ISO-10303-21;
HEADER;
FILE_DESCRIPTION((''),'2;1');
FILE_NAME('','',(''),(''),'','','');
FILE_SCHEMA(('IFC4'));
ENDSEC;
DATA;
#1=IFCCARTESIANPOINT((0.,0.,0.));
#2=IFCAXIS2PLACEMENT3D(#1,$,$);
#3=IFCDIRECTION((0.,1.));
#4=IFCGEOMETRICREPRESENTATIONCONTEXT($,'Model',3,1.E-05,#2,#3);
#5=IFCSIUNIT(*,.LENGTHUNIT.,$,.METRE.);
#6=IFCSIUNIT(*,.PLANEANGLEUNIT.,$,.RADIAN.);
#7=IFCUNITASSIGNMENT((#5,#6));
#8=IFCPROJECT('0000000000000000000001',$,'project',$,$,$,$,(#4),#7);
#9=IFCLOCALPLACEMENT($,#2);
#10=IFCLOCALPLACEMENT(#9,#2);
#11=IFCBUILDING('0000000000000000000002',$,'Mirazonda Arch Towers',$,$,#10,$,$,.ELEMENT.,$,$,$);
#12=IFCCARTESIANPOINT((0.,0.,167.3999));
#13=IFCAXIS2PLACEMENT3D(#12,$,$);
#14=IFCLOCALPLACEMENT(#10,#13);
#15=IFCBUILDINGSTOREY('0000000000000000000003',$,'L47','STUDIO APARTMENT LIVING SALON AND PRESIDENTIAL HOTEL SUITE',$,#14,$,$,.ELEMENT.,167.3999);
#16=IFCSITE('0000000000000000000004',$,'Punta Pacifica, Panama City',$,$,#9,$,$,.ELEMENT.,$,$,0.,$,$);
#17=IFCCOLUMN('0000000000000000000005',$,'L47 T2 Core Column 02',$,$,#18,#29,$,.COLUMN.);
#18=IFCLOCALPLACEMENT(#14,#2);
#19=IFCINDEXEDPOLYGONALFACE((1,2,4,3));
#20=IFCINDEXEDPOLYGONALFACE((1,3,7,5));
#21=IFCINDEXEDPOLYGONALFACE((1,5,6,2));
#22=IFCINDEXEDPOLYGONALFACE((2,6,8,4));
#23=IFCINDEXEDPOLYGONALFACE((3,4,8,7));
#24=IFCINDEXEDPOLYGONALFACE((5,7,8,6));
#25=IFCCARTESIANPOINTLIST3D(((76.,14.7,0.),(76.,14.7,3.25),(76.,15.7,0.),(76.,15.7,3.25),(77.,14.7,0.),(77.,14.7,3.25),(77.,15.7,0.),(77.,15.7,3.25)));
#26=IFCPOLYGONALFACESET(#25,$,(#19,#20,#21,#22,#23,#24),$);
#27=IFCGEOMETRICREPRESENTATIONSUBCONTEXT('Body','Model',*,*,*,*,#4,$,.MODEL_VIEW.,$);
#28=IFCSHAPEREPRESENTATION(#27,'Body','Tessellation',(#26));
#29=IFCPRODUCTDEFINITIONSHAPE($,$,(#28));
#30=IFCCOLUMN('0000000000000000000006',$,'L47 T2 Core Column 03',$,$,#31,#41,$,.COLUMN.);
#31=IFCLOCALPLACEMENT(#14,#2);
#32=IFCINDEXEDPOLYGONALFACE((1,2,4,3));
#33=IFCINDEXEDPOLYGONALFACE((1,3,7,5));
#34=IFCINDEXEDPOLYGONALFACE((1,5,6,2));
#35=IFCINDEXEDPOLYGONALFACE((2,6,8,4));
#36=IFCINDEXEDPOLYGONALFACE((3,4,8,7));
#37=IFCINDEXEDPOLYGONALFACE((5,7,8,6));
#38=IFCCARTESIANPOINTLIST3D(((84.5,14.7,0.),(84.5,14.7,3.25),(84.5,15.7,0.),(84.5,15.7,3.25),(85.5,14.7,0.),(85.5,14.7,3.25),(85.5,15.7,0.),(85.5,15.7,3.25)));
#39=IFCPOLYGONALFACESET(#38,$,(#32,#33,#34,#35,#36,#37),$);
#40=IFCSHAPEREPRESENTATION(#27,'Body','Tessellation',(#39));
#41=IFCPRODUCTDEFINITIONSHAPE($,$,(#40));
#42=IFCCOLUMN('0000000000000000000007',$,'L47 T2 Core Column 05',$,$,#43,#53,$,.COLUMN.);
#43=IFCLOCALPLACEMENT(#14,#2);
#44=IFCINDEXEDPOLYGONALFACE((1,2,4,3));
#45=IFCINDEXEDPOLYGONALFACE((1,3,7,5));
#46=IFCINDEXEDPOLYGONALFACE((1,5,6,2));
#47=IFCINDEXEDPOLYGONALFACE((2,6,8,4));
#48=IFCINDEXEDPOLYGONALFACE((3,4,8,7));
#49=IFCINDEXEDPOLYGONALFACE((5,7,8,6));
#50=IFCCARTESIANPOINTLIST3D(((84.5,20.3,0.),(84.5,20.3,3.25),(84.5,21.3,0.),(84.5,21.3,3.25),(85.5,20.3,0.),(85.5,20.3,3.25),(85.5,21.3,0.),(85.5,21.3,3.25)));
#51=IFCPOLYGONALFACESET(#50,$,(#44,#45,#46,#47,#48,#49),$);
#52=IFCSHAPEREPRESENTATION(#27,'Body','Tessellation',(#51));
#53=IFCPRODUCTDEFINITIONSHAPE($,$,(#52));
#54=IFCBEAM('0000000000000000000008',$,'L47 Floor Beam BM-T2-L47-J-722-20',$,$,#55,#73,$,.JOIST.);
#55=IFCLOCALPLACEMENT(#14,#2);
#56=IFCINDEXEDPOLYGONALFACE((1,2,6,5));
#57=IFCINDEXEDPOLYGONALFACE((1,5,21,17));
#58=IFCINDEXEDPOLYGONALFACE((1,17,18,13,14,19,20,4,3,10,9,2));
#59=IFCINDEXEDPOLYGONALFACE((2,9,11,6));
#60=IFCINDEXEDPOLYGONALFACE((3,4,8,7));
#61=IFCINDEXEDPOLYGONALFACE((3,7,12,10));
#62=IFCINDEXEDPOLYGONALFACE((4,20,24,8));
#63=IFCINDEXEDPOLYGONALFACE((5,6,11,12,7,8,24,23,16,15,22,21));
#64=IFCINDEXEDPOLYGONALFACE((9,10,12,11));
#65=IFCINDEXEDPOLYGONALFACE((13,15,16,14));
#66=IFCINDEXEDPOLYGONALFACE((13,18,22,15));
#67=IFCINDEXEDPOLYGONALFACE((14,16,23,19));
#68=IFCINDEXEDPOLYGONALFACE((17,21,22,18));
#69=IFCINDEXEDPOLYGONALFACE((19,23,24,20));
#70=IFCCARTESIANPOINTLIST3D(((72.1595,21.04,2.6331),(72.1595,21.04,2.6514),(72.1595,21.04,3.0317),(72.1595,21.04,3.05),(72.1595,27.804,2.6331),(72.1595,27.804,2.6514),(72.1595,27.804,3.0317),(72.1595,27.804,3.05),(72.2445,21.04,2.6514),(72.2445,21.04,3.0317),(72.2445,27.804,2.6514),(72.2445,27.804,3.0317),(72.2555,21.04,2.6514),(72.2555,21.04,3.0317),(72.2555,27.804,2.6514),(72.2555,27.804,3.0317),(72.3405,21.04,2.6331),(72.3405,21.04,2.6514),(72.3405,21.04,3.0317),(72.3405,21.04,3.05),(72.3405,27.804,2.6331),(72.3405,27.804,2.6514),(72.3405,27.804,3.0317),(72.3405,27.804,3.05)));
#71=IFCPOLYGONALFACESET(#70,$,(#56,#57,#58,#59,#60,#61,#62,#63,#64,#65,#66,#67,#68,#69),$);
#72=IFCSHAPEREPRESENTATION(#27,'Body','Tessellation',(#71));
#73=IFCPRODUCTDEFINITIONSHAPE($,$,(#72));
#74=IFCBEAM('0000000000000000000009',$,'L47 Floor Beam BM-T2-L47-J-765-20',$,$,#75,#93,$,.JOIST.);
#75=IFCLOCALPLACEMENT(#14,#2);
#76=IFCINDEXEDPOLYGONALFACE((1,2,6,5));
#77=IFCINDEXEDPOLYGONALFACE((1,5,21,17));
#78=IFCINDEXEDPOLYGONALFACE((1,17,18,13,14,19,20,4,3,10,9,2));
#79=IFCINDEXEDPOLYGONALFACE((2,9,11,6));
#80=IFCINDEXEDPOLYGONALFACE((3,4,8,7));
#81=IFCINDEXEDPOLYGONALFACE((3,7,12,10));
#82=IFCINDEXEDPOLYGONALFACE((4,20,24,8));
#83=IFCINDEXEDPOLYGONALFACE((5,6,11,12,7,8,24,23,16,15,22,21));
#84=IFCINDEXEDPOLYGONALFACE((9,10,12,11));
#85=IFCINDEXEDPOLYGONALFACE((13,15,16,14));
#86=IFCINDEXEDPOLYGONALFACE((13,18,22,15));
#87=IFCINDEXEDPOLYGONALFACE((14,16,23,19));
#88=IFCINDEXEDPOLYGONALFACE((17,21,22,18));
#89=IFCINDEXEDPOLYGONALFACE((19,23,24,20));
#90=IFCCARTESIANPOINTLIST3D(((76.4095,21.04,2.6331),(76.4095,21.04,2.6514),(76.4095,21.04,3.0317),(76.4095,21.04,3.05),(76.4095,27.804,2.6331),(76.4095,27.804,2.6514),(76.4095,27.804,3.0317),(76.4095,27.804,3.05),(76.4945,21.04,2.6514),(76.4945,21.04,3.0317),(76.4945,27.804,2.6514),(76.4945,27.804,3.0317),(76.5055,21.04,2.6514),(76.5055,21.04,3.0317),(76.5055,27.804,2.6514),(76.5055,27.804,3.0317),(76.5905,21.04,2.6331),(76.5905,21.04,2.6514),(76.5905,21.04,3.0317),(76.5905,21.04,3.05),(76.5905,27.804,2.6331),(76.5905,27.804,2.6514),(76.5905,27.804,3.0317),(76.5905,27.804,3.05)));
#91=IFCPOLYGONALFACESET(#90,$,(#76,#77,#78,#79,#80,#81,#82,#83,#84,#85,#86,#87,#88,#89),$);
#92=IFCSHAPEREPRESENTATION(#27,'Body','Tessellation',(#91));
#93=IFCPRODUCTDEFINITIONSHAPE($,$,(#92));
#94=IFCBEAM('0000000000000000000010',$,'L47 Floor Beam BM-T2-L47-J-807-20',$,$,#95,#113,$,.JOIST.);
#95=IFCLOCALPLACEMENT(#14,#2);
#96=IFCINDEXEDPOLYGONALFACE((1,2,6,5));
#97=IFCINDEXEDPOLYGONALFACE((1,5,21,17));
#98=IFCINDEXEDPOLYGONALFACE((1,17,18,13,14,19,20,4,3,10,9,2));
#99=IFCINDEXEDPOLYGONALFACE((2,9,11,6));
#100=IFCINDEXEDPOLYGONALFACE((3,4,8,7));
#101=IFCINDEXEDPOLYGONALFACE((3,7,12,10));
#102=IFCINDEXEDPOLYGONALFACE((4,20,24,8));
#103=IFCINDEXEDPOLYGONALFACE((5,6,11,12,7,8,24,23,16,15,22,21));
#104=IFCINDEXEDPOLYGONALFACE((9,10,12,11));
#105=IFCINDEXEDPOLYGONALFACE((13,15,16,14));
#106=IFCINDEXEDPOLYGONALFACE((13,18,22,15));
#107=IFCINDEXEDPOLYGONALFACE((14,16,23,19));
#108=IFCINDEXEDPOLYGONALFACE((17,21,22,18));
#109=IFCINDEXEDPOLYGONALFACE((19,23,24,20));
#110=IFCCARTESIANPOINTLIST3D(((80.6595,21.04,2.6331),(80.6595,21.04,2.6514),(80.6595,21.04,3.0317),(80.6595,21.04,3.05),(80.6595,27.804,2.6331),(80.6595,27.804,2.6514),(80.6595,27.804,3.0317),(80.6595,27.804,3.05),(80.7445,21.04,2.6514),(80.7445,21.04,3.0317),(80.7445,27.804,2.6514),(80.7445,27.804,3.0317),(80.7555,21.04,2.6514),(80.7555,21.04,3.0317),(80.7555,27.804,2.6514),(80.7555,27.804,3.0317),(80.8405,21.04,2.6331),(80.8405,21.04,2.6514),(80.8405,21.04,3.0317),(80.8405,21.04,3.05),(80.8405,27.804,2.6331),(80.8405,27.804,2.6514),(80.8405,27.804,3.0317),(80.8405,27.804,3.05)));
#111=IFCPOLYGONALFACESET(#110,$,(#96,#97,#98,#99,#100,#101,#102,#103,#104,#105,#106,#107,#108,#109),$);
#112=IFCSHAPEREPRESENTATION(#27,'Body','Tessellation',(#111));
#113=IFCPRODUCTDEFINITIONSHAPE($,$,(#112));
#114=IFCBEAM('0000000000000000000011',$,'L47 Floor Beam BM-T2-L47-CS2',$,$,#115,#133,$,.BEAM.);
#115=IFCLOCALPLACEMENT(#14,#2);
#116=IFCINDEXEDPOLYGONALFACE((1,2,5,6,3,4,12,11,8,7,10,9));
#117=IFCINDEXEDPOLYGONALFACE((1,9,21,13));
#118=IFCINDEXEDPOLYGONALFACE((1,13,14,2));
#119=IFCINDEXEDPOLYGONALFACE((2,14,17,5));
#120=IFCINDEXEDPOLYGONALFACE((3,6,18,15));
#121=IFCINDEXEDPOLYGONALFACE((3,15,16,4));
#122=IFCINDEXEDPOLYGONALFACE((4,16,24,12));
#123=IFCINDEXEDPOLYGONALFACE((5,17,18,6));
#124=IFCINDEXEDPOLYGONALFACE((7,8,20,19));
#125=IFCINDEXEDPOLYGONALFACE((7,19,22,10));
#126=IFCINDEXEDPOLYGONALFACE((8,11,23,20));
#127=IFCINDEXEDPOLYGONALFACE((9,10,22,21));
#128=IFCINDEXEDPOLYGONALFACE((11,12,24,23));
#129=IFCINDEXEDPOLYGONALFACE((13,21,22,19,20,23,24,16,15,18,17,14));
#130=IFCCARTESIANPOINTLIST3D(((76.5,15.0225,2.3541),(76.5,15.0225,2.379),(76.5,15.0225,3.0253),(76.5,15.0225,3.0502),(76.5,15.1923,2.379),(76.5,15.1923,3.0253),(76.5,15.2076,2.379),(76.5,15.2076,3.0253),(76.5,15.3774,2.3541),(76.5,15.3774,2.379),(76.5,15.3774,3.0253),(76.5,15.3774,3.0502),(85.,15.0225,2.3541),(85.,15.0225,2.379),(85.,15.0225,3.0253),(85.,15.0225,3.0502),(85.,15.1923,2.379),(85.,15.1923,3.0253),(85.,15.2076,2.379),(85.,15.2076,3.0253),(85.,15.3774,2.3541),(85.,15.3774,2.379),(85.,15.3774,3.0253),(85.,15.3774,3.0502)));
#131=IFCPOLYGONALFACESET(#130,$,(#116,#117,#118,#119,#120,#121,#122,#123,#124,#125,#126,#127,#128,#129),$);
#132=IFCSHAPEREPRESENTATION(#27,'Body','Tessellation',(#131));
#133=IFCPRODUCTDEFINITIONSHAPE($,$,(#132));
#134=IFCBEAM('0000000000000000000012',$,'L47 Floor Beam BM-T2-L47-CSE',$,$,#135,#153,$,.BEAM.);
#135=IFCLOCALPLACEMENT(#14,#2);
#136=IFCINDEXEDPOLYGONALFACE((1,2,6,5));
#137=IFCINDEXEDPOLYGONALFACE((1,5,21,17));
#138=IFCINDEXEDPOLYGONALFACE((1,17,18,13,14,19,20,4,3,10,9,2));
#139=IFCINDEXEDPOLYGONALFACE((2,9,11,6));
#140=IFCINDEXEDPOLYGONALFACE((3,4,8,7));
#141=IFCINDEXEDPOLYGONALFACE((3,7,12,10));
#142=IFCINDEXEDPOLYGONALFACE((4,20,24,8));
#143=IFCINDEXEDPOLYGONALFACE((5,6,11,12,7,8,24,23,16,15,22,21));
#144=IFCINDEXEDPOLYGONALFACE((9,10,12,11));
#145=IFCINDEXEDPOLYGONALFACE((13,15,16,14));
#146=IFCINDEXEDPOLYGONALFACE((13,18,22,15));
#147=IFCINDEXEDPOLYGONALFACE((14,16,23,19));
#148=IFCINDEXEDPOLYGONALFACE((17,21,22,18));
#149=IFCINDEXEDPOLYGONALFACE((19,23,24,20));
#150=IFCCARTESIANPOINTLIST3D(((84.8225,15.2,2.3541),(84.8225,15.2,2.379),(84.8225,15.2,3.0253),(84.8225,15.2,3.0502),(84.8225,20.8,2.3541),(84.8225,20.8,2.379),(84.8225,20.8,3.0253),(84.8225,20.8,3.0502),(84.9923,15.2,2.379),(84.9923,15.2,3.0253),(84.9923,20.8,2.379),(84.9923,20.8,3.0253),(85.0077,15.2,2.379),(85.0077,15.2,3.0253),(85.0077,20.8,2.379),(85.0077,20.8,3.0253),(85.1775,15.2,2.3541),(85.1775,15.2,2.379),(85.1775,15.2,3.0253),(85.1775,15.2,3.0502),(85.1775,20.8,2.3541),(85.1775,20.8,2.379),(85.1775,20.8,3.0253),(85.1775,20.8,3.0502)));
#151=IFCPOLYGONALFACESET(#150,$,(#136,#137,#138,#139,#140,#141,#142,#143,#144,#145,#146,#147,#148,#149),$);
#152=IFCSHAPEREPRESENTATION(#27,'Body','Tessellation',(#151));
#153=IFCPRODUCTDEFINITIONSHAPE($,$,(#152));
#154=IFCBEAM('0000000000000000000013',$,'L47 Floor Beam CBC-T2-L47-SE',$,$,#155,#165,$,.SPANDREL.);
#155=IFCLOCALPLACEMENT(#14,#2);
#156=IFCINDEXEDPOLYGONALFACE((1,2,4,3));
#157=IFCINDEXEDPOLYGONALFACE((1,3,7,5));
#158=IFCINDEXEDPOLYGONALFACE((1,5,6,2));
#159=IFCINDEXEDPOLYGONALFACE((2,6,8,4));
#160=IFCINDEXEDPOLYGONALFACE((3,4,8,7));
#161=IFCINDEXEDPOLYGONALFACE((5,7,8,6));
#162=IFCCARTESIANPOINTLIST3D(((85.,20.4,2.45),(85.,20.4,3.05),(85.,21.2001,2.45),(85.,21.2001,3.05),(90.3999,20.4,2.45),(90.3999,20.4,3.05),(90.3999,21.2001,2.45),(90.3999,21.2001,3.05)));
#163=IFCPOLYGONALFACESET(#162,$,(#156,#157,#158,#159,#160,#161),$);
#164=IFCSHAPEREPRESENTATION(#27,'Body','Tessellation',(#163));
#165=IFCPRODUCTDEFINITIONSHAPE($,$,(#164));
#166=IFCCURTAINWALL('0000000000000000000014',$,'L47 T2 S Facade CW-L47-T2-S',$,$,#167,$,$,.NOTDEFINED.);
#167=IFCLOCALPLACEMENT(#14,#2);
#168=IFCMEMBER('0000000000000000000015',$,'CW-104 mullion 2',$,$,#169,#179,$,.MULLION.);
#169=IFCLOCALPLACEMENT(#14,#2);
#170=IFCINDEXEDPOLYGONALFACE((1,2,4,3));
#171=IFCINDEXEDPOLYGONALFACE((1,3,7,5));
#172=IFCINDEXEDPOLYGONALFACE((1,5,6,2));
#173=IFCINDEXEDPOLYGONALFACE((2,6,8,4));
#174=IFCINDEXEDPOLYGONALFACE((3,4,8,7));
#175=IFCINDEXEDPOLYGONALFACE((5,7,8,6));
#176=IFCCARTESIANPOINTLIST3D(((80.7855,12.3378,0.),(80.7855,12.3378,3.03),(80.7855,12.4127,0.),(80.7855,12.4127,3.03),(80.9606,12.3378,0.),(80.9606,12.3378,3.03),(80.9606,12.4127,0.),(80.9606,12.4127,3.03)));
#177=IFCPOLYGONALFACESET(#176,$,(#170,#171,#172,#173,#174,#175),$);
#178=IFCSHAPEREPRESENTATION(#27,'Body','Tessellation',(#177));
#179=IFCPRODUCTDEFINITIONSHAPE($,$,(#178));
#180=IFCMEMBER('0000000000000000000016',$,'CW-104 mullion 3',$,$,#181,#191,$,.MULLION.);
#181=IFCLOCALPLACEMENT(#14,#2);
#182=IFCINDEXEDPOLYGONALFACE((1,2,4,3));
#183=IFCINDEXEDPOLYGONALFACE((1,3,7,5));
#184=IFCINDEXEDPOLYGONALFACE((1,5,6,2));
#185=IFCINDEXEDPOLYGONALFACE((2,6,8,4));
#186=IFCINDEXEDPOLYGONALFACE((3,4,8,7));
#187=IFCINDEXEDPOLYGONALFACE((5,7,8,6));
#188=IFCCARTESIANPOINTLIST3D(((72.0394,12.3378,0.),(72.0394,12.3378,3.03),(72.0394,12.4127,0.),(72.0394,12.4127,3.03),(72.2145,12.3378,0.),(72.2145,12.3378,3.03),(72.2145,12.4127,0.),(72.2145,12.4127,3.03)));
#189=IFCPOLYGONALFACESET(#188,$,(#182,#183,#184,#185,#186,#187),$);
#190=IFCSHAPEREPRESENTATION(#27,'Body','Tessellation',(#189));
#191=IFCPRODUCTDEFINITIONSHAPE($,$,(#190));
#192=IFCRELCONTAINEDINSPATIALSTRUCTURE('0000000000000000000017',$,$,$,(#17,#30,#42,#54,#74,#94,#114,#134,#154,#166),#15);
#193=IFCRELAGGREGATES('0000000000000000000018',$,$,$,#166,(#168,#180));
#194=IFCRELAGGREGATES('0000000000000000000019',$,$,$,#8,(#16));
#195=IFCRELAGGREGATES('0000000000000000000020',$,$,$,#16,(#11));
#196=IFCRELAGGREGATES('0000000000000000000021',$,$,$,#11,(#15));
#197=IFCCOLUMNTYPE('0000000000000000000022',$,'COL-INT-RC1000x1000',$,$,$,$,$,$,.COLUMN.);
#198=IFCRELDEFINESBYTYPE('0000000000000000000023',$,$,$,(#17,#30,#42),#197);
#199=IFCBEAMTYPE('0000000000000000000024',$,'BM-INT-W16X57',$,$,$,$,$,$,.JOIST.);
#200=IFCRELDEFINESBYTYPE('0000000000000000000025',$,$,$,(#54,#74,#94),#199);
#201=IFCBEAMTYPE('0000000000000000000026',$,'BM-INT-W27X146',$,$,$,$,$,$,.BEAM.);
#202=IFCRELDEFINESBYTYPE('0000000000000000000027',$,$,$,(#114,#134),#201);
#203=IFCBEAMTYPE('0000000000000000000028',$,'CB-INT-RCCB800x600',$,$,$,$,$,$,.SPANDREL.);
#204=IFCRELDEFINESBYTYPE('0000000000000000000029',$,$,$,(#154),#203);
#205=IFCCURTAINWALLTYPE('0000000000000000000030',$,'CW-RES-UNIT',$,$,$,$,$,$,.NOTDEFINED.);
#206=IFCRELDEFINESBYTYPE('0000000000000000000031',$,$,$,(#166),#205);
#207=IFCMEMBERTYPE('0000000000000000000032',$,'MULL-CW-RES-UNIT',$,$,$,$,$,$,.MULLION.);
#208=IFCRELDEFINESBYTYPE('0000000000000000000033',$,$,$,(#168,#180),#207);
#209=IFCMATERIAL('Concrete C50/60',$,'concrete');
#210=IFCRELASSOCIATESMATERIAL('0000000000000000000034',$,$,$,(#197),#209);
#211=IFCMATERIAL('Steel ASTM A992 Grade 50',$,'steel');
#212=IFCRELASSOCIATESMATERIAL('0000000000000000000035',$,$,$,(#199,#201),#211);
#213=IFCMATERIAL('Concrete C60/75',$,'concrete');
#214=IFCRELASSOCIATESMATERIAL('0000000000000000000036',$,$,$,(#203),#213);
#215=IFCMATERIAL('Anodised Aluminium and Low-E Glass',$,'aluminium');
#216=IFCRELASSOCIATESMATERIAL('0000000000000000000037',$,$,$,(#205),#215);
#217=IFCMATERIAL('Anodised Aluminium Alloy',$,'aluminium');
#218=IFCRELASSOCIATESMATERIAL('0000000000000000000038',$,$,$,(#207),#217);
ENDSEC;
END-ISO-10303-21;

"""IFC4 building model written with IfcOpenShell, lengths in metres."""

from ifc_helpers import new_model, si_unit, direction, frame, origin, origin_2d, place, context, subcontext, project, spatial, rectangle, i_section, extrude, material, material_profile, profile_set, type_object, element, aggregate, save


model = new_model("IFC4")

# Units and contexts
model_context = context("Model", 3, precision=1e-05, world=origin(), true_north=direction((0.0, 1.0)))
body_context = subcontext(model_context, "Body", "Model", "MODEL_VIEW")
ifc_project = project(units=[si_unit("LENGTHUNIT", "METRE"), si_unit("PLANEANGLEUNIT", "RADIAN")], contexts=[model_context])

# Site, building, storey
site_placement = place(None, origin())
site = spatial("IfcSite", under=ifc_project, at=site_placement, Name="Punta Pacifica, Panama City", CompositionType="ELEMENT", RefElevation=0.0)
building_placement = place(site_placement, origin())
building = spatial("IfcBuilding", under=site, at=building_placement, Name="Mirazonda Arch Towers", CompositionType="ELEMENT")
storey_placement = place(building_placement, frame((0.0, 0.0, 167.3999)))
storey = spatial("IfcBuildingStorey", under=building, at=storey_placement, Name="L47", Description="STUDIO APARTMENT LIVING SALON AND PRESIDENTIAL HOTEL SUITE", CompositionType="ELEMENT", Elevation=167.3999)

# Columns
ifc_material_1 = material(Name="Concrete C50/60", Category="concrete")
ifc_material_profile_1 = material_profile(ifc_material_1, rectangle(XDim=1.0, YDim=1.0, at=origin_2d()), Name="RC1000x1000")
ifc_profile_set_1 = profile_set([ifc_material_profile_1], Name="Concrete C50/60")
column_type = type_object("IfcColumnType", Name="COL-INT-RC1000x1000", PredefinedType="COLUMN", material=ifc_profile_set_1)
for number, where, z_axis, x_axis, name in (
    (1, (76.5, 15.2, 0.0), (0.0, 0.0, 1.0), (1.0, 0.0, 0.0), "L47 T2 Core Column 02"),
    (2, (85.0, 15.2, 0.0), (0.0, 0.0, 1.0), (1.0, 0.0, 0.0), "L47 T2 Core Column 03"),
    (3, (85.0, 20.8, 0.0), (0.0, 0.0, 1.0), (1.0, 0.0, 0.0), "L47 T2 Core Column 05"),
):
    element("IfcColumn", number, at=place(storey_placement, frame(where, z_axis=z_axis, x_axis=x_axis)), inside=storey, type_object=column_type, Name=name, PredefinedType="COLUMN", context=body_context, shape_type="SweptSolid", body=[
        extrude(rectangle(XDim=1.0, YDim=1.0, at=origin_2d()), origin(), (0.0, 0.0, 1.0), 3.25),
    ])

# Beams
ifc_material_2 = material(Name="Steel ASTM A992 Grade 50", Category="steel")
ifc_material_profile_2 = material_profile(ifc_material_2, i_section(OverallWidth=0.1809, OverallDepth=0.417, WebThickness=0.011, FlangeThickness=0.0183, at=origin_2d()), Name="W16X57")
ifc_profile_set_2 = profile_set([ifc_material_profile_2], Name="Steel ASTM A992 Grade 50")
beam_type_1 = type_object("IfcBeamType", Name="BM-INT-W16X57", PredefinedType="JOIST", material=ifc_profile_set_2)
for number, where, z_axis, x_axis, name in (
    (4, (72.25, 21.04, 2.8416), (0.0, 1.0, 0.0), (-1.0, 0.0, 0.0), "L47 Floor Beam BM-T2-L47-J-722-20"),
    (5, (76.5, 21.04, 2.8416), (0.0, 1.0, 0.0), (-1.0, 0.0, 0.0), "L47 Floor Beam BM-T2-L47-J-765-20"),
    (6, (80.75, 21.04, 2.8416), (0.0, 1.0, 0.0), (-1.0, 0.0, 0.0), "L47 Floor Beam BM-T2-L47-J-807-20"),
):
    element("IfcBeam", number, at=place(storey_placement, frame(where, z_axis=z_axis, x_axis=x_axis)), inside=storey, type_object=beam_type_1, Name=name, PredefinedType="JOIST", context=body_context, shape_type="SweptSolid", body=[
        extrude(i_section(OverallWidth=0.1809, OverallDepth=0.417, WebThickness=0.011, FlangeThickness=0.0183, at=origin_2d()), origin(), (0.0, 0.0, 1.0), 6.7639),
    ])
ifc_material_profile_3 = material_profile(ifc_material_2, i_section(OverallWidth=0.355, OverallDepth=0.696, WebThickness=0.0154, FlangeThickness=0.0249, at=origin_2d()), Name="W27X146")
ifc_profile_set_3 = profile_set([ifc_material_profile_3], Name="Steel ASTM A992 Grade 50")
beam_type_2 = type_object("IfcBeamType", Name="BM-INT-W27X146", PredefinedType="BEAM", material=ifc_profile_set_3)
beam_1_placement = place(storey_placement, frame((76.5, 15.2, 2.7021), z_axis=(1.0, 0.0, 0.0), x_axis=(0.0, 1.0, 0.0)))
element("IfcBeam", 7, at=beam_1_placement, inside=storey, type_object=beam_type_2, Name="L47 Floor Beam BM-T2-L47-CS2", PredefinedType="BEAM", context=body_context, shape_type="SweptSolid", body=[
    extrude(i_section(OverallWidth=0.355, OverallDepth=0.696, WebThickness=0.0154, FlangeThickness=0.0249, at=origin_2d()), origin(), (0.0, 0.0, 1.0), 8.5),
])
beam_2_placement = place(storey_placement, frame((85.0, 15.2, 2.7021), z_axis=(0.0, 1.0, 0.0), x_axis=(-1.0, 0.0, 0.0)))
element("IfcBeam", 8, at=beam_2_placement, inside=storey, type_object=beam_type_2, Name="L47 Floor Beam BM-T2-L47-CSE", PredefinedType="BEAM", context=body_context, shape_type="SweptSolid", body=[
    extrude(i_section(OverallWidth=0.355, OverallDepth=0.696, WebThickness=0.0154, FlangeThickness=0.0249, at=origin_2d()), origin(), (0.0, 0.0, 1.0), 5.6001),
])
ifc_material_3 = material(Name="Concrete C60/75", Category="concrete")
ifc_material_profile_4 = material_profile(ifc_material_3, rectangle(XDim=0.8, YDim=0.6001, at=origin_2d()), Name="RCCB800x600")
ifc_profile_set_4 = profile_set([ifc_material_profile_4], Name="Concrete C60/75")
beam_type_3 = type_object("IfcBeamType", Name="CB-INT-RCCB800x600", PredefinedType="SPANDREL", material=ifc_profile_set_4)
beam_3_placement = place(storey_placement, frame((85.0, 20.8, 2.75), z_axis=(1.0, 0.0, 0.0), x_axis=(0.0, 1.0, 0.0)))
element("IfcBeam", 9, at=beam_3_placement, inside=storey, type_object=beam_type_3, Name="L47 Floor Beam CBC-T2-L47-SE", PredefinedType="SPANDREL", context=body_context, shape_type="SweptSolid", body=[
    extrude(rectangle(XDim=0.8, YDim=0.6001, at=origin_2d()), origin(), (0.0, 0.0, 1.0), 5.3999),
])

# Curtain wall, members
ifc_material_4 = material(Name="Anodised Aluminium and Low-E Glass", Category="aluminium")
curtain_wall_type = type_object("IfcCurtainWallType", Name="CW-RES-UNIT", PredefinedType="NOTDEFINED", material=ifc_material_4)
curtain_wall_placement = place(storey_placement, origin())
curtain_wall = element("IfcCurtainWall", 10, at=curtain_wall_placement, inside=storey, type_object=curtain_wall_type, Name="L47 T2 S Facade CW-L47-T2-S", PredefinedType="NOTDEFINED")
ifc_material_5 = material(Name="Anodised Aluminium Alloy", Category="aluminium")
ifc_material_profile_5 = material_profile(ifc_material_5, rectangle(XDim=0.075, YDim=0.175, at=origin_2d()), Name="ALU-MULL-75x175")
ifc_profile_set_5 = profile_set([ifc_material_profile_5], Name="Anodised Aluminium Alloy")
member_type_1 = type_object("IfcMemberType", Name="MULL-CW-RES-UNIT", PredefinedType="MULLION", material=ifc_profile_set_5)
member_1_placement = place(storey_placement, frame((80.873, 12.3752, 0.0), z_axis=(0.0, 0.0, 1.0), x_axis=(0.0, -1.0, 0.0)))
member_1 = element("IfcMember", 11, at=member_1_placement, type_object=member_type_1, Name="CW-104 mullion 2", PredefinedType="MULLION", context=body_context, shape_type="SweptSolid", body=[
    extrude(rectangle(XDim=0.075, YDim=0.175, at=origin_2d()), origin(), (0.0, 0.0, 1.0), 3.03),
])
member_2_placement = place(storey_placement, frame((72.127, 12.3752, 0.0), z_axis=(0.0, 0.0, 1.0), x_axis=(0.0, -1.0, 0.0)))
member_2 = element("IfcMember", 12, at=member_2_placement, type_object=member_type_1, Name="CW-104 mullion 3", PredefinedType="MULLION", context=body_context, shape_type="SweptSolid", body=[
    extrude(rectangle(XDim=0.075, YDim=0.175, at=origin_2d()), origin(), (0.0, 0.0, 1.0), 3.03),
])
aggregate(curtain_wall, [member_1, member_2])

save(model, "model.ifc")
